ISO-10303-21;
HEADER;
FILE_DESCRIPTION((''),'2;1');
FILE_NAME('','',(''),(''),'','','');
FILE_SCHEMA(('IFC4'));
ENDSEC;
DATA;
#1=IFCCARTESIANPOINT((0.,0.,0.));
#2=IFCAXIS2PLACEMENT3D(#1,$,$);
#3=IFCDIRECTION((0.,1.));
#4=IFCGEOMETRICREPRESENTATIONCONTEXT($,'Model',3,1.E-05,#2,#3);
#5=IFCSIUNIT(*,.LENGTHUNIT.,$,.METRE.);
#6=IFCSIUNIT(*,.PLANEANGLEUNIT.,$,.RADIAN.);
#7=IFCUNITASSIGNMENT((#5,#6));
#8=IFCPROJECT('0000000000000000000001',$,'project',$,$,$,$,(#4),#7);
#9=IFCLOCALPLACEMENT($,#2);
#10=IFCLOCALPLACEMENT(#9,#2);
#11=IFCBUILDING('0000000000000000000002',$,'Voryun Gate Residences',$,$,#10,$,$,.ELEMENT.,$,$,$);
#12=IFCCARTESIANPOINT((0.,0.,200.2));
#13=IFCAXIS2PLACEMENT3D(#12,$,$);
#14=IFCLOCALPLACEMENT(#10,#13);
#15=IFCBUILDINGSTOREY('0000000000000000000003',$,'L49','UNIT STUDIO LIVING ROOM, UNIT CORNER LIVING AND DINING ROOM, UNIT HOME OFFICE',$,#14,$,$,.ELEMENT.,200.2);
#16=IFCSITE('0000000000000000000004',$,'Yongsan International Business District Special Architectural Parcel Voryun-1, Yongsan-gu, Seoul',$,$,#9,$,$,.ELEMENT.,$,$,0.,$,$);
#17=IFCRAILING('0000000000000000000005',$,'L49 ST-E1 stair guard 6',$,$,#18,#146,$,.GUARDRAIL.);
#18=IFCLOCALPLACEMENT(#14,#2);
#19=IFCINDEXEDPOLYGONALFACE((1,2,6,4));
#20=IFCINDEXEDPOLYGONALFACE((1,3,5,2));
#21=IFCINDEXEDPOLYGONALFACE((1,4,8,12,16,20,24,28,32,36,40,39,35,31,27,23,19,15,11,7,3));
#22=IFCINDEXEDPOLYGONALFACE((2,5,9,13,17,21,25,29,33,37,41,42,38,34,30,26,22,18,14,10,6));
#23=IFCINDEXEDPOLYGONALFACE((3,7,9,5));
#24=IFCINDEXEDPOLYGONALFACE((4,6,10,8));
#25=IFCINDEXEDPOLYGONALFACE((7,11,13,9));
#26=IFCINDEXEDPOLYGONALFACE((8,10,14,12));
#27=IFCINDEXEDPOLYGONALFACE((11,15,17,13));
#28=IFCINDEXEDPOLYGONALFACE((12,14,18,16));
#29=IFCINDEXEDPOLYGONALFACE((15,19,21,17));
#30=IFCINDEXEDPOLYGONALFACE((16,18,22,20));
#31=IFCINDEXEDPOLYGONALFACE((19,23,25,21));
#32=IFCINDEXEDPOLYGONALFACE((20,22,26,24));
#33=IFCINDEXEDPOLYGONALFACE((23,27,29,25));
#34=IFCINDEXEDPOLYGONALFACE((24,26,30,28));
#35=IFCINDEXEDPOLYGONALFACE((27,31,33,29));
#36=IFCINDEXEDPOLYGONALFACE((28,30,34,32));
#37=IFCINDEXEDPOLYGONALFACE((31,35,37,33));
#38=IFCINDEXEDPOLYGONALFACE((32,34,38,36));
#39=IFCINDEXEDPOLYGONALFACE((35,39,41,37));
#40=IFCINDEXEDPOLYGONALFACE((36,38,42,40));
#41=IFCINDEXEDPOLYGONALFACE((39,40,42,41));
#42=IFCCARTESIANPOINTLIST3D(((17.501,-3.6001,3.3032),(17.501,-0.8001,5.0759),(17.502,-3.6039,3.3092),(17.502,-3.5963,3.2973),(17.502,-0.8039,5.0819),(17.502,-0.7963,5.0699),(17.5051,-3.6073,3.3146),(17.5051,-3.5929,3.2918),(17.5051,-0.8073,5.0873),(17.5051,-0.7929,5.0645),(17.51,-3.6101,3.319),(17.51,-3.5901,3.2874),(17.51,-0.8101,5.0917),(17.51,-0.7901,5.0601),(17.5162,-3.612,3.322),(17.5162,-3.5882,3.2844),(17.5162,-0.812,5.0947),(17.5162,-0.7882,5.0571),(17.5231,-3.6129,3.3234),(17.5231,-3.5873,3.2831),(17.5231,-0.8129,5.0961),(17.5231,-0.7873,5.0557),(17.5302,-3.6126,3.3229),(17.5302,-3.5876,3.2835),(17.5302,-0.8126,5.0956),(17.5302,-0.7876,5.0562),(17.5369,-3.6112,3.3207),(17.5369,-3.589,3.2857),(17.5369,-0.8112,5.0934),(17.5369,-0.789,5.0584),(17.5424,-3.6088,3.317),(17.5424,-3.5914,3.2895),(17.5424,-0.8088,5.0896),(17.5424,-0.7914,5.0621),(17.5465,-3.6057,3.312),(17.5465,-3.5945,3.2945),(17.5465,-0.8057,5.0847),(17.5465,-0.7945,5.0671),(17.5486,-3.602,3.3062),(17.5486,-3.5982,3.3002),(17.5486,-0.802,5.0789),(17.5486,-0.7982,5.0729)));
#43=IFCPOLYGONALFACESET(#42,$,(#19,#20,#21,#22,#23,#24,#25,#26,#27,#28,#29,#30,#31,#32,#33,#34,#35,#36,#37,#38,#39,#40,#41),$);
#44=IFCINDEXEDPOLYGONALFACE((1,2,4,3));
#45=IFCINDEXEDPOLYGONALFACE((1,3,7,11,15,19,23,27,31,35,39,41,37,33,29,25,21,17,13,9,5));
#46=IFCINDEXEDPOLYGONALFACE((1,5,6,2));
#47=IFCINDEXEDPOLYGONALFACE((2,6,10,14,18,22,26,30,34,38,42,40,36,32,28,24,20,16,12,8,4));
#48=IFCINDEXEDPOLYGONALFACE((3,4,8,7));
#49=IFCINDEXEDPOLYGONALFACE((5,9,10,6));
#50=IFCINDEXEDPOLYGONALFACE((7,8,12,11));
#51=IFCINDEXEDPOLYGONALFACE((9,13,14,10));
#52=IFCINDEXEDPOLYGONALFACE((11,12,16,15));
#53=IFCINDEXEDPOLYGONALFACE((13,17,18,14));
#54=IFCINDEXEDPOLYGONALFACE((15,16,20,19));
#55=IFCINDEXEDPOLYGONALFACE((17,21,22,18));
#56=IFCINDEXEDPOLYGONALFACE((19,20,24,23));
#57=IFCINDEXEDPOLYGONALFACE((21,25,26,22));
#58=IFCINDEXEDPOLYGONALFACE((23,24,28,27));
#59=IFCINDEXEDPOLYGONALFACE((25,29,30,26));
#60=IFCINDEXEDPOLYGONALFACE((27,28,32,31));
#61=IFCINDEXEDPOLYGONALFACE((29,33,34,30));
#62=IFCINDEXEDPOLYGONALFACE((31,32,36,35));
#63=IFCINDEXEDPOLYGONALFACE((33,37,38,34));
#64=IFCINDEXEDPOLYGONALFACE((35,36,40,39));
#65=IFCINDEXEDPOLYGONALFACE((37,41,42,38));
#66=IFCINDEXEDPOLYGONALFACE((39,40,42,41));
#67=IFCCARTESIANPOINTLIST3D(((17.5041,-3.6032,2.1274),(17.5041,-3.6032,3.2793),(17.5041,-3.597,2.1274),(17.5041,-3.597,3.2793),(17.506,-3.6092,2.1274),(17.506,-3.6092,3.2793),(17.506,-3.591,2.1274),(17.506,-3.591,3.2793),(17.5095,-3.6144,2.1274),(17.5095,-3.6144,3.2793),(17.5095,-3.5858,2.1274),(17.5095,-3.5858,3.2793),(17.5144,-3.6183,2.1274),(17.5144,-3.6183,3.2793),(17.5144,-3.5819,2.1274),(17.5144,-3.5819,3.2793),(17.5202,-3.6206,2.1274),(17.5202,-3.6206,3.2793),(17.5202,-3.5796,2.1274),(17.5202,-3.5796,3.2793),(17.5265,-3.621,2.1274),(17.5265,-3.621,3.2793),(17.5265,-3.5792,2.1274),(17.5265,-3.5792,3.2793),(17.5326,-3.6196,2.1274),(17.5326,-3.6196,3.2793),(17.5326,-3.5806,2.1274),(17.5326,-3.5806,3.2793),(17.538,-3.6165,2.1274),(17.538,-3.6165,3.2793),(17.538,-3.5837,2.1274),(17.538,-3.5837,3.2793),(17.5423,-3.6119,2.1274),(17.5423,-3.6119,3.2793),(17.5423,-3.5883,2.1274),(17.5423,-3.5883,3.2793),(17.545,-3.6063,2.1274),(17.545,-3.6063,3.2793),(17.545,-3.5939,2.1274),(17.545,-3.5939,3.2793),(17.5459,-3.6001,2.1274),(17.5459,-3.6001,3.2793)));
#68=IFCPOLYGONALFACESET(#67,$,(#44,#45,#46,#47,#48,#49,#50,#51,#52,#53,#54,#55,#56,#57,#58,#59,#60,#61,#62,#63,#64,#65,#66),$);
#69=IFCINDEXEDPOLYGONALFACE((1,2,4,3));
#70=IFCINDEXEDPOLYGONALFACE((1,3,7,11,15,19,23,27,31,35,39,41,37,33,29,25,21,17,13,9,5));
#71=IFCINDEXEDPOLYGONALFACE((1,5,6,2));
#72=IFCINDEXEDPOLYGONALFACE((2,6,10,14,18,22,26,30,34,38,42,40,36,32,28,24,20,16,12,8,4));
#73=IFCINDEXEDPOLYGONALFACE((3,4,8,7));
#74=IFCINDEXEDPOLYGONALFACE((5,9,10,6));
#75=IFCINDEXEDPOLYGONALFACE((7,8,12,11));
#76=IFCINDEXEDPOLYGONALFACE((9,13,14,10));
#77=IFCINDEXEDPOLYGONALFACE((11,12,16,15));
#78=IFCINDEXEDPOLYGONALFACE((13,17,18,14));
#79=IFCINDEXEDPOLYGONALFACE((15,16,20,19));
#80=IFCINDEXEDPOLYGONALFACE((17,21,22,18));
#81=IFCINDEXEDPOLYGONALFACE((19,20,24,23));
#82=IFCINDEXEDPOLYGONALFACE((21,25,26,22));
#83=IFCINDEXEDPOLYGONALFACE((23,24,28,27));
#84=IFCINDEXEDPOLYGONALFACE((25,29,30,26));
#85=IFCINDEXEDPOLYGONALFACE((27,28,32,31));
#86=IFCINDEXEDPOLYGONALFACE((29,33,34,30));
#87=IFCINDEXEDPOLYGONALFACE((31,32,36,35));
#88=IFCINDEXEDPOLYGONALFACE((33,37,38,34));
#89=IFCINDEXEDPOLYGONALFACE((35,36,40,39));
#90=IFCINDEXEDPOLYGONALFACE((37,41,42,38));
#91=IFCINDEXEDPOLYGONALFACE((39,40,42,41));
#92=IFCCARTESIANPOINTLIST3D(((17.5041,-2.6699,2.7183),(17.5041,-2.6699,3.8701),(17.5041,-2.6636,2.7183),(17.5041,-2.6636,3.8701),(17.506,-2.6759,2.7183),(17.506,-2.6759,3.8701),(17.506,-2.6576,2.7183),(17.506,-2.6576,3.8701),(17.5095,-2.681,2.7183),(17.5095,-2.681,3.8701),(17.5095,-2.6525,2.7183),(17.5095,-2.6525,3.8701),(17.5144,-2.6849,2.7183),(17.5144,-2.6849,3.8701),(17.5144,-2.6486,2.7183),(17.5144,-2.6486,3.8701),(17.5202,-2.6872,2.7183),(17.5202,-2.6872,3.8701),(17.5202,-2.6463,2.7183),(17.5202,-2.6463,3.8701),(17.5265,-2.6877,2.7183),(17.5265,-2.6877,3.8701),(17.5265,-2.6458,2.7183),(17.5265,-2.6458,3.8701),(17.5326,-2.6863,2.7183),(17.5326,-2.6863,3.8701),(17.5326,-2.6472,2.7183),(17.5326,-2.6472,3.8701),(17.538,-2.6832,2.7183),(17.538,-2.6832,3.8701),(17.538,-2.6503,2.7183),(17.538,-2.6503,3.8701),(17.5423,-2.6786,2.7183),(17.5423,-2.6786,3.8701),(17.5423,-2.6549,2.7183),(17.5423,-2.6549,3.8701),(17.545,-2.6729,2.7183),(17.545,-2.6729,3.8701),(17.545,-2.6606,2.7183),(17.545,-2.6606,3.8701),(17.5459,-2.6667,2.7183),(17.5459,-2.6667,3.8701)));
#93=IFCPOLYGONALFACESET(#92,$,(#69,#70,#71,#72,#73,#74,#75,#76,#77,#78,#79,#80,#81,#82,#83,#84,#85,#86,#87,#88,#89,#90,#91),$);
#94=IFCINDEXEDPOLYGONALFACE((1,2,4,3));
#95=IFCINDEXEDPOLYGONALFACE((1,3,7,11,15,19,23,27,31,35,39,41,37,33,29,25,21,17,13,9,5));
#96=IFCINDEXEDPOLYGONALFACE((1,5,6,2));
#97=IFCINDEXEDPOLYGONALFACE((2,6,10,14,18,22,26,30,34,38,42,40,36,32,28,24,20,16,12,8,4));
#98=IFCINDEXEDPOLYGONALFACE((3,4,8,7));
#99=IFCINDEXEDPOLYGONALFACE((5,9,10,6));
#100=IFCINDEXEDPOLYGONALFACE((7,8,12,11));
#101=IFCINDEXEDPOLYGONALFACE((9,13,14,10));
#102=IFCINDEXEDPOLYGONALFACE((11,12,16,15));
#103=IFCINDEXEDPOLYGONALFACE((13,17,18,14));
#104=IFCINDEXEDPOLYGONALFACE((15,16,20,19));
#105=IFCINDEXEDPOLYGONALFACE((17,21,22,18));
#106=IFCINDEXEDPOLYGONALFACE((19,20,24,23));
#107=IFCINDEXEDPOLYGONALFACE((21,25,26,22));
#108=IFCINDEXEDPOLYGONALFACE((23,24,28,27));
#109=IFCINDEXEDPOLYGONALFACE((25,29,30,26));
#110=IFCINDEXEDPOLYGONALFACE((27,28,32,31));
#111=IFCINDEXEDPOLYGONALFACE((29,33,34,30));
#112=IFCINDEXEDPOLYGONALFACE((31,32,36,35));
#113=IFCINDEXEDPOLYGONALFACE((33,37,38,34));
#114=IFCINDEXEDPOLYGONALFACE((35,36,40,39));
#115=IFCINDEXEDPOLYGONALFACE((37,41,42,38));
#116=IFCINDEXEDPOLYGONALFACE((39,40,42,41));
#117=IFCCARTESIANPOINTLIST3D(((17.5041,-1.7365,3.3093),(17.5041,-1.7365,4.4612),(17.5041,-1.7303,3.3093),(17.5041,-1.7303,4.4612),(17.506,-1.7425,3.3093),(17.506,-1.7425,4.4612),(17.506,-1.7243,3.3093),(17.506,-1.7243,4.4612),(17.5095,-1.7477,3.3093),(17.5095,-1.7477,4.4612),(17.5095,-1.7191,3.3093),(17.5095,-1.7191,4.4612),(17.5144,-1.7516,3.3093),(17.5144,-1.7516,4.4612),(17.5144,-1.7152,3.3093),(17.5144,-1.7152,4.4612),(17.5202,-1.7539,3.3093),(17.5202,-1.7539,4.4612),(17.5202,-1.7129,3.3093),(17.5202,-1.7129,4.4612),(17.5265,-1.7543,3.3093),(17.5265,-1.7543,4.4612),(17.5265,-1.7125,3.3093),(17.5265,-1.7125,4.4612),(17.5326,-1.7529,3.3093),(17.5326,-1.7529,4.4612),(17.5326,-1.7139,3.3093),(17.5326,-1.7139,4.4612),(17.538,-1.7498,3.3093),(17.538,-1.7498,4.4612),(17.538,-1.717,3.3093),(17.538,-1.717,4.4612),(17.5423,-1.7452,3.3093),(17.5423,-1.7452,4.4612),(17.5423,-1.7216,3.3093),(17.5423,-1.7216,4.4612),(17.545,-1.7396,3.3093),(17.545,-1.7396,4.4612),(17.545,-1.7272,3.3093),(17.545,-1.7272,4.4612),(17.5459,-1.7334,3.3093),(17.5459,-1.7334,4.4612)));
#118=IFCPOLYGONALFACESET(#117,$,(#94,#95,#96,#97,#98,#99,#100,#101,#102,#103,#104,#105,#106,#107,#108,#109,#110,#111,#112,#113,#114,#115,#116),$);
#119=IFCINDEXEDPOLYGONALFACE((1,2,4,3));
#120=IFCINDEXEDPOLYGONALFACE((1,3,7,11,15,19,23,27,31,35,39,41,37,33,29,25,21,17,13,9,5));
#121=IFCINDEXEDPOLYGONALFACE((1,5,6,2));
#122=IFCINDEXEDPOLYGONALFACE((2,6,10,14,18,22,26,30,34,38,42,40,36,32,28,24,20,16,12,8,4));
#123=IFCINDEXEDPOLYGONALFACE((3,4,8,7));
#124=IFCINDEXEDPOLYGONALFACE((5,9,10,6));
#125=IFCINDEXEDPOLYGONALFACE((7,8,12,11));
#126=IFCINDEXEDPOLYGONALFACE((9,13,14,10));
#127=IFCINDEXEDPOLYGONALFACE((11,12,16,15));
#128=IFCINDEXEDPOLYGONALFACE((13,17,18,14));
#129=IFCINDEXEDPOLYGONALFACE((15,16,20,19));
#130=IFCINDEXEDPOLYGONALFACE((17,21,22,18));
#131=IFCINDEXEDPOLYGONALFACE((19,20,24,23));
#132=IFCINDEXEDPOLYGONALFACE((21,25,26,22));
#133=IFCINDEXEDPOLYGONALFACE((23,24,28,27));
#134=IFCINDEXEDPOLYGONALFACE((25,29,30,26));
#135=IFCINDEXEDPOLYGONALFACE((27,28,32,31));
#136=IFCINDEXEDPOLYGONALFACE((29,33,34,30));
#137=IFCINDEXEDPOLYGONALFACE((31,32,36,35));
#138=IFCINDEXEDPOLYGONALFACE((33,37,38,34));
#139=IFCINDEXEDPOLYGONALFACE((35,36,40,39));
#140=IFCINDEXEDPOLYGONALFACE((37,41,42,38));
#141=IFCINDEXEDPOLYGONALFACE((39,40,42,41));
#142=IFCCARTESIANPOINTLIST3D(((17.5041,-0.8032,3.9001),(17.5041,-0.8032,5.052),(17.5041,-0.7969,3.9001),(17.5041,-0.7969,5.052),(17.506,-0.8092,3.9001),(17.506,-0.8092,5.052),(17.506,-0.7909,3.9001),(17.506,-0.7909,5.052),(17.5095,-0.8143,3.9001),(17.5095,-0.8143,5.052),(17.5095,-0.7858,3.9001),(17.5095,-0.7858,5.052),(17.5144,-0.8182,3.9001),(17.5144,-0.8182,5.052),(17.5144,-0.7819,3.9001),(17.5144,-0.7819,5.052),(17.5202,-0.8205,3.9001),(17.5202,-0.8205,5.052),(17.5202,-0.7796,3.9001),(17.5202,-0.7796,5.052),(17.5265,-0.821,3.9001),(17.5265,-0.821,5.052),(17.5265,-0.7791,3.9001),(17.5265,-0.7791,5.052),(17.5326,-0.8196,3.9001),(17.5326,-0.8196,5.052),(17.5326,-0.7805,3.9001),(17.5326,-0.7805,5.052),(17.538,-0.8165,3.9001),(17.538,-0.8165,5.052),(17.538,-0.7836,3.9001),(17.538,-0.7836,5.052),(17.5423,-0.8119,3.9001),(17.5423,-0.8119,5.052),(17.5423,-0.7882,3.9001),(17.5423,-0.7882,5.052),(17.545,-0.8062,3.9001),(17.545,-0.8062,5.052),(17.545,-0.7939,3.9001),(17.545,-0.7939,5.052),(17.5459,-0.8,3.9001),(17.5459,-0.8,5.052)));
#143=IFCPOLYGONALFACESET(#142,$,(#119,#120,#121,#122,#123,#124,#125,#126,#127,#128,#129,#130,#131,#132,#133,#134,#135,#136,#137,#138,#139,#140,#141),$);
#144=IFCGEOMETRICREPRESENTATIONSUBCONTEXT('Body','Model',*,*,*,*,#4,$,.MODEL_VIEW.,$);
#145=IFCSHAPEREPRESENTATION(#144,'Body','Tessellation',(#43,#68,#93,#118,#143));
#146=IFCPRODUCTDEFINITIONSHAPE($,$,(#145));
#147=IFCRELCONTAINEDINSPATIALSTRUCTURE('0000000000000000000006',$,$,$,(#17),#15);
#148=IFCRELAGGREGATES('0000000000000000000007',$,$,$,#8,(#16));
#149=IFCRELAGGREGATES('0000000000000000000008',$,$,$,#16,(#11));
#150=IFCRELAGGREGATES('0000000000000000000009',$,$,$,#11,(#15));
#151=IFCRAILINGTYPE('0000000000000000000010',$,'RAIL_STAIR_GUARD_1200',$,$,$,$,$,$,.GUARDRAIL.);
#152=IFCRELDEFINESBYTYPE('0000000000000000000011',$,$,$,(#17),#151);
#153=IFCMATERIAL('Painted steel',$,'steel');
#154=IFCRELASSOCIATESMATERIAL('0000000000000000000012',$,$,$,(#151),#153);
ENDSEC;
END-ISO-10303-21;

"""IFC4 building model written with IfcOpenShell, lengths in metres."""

from ifc_helpers import new_model, si_unit, direction, frame, origin, origin_2d, place, context, subcontext, project, spatial, circle, extrude, material, type_object, element, save


model = new_model("IFC4")

# Units and contexts
model_context = context("Model", 3, precision=1e-05, world=origin(), true_north=direction((0.0, 1.0)))
body_context = subcontext(model_context, "Body", "Model", "MODEL_VIEW")
ifc_project = project(units=[si_unit("LENGTHUNIT", "METRE"), si_unit("PLANEANGLEUNIT", "RADIAN")], contexts=[model_context])

# Site, building, storey
site_placement = place(None, origin())
site = spatial("IfcSite", under=ifc_project, at=site_placement, Name="Yongsan International Business District Special Architectural Parcel Voryun-1, Yongsan-gu, Seoul", CompositionType="ELEMENT", RefElevation=0.0)
building_placement = place(site_placement, origin())
building = spatial("IfcBuilding", under=site, at=building_placement, Name="Voryun Gate Residences", CompositionType="ELEMENT")
storey_placement = place(building_placement, frame((0.0, 0.0, 200.2)))
storey = spatial("IfcBuildingStorey", under=building, at=storey_placement, Name="L49", Description="UNIT STUDIO LIVING ROOM, UNIT CORNER LIVING AND DINING ROOM, UNIT HOME OFFICE", CompositionType="ELEMENT", Elevation=200.2)

# Railing
ifc_material_1 = material(Name="Painted steel", Category="steel")
railing_type_1 = type_object("IfcRailingType", Name="RAIL_STAIR_GUARD_1200", PredefinedType="GUARDRAIL", material=ifc_material_1)
railing_1_placement = place(storey_placement, frame((17.5249, -3.6001, 2.1274)))
element("IfcRailing", 1, at=railing_1_placement, inside=storey, type_object=railing_type_1, Name="L49 ST-E1 stair guard 6", PredefinedType="GUARDRAIL", context=body_context, shape_type="SweptSolid", body=[
    extrude(circle(Radius=0.0239, at=origin_2d()), frame((0.0, 0.0, 1.1758), z_axis=(0.0, 0.844909, 0.53491), x_axis=(-1.0, 0.0, 0.0)), (0.0, 0.0, 1.0), 3.314),
    extrude(circle(Radius=0.021, at=origin_2d()), origin(), (0.0, 0.0, 1.0), 1.1519),
    extrude(circle(Radius=0.021, at=origin_2d()), frame((0.0, 0.9333, 0.5908)), (0.0, 0.0, 1.0), 1.1519),
    extrude(circle(Radius=0.021, at=origin_2d()), frame((0.0, 1.8667, 1.1819)), (0.0, 0.0, 1.0), 1.1519),
    extrude(circle(Radius=0.021, at=origin_2d()), frame((0.0, 2.8, 1.7727)), (0.0, 0.0, 1.0), 1.1519),
])

save(model, "model.ifc")
